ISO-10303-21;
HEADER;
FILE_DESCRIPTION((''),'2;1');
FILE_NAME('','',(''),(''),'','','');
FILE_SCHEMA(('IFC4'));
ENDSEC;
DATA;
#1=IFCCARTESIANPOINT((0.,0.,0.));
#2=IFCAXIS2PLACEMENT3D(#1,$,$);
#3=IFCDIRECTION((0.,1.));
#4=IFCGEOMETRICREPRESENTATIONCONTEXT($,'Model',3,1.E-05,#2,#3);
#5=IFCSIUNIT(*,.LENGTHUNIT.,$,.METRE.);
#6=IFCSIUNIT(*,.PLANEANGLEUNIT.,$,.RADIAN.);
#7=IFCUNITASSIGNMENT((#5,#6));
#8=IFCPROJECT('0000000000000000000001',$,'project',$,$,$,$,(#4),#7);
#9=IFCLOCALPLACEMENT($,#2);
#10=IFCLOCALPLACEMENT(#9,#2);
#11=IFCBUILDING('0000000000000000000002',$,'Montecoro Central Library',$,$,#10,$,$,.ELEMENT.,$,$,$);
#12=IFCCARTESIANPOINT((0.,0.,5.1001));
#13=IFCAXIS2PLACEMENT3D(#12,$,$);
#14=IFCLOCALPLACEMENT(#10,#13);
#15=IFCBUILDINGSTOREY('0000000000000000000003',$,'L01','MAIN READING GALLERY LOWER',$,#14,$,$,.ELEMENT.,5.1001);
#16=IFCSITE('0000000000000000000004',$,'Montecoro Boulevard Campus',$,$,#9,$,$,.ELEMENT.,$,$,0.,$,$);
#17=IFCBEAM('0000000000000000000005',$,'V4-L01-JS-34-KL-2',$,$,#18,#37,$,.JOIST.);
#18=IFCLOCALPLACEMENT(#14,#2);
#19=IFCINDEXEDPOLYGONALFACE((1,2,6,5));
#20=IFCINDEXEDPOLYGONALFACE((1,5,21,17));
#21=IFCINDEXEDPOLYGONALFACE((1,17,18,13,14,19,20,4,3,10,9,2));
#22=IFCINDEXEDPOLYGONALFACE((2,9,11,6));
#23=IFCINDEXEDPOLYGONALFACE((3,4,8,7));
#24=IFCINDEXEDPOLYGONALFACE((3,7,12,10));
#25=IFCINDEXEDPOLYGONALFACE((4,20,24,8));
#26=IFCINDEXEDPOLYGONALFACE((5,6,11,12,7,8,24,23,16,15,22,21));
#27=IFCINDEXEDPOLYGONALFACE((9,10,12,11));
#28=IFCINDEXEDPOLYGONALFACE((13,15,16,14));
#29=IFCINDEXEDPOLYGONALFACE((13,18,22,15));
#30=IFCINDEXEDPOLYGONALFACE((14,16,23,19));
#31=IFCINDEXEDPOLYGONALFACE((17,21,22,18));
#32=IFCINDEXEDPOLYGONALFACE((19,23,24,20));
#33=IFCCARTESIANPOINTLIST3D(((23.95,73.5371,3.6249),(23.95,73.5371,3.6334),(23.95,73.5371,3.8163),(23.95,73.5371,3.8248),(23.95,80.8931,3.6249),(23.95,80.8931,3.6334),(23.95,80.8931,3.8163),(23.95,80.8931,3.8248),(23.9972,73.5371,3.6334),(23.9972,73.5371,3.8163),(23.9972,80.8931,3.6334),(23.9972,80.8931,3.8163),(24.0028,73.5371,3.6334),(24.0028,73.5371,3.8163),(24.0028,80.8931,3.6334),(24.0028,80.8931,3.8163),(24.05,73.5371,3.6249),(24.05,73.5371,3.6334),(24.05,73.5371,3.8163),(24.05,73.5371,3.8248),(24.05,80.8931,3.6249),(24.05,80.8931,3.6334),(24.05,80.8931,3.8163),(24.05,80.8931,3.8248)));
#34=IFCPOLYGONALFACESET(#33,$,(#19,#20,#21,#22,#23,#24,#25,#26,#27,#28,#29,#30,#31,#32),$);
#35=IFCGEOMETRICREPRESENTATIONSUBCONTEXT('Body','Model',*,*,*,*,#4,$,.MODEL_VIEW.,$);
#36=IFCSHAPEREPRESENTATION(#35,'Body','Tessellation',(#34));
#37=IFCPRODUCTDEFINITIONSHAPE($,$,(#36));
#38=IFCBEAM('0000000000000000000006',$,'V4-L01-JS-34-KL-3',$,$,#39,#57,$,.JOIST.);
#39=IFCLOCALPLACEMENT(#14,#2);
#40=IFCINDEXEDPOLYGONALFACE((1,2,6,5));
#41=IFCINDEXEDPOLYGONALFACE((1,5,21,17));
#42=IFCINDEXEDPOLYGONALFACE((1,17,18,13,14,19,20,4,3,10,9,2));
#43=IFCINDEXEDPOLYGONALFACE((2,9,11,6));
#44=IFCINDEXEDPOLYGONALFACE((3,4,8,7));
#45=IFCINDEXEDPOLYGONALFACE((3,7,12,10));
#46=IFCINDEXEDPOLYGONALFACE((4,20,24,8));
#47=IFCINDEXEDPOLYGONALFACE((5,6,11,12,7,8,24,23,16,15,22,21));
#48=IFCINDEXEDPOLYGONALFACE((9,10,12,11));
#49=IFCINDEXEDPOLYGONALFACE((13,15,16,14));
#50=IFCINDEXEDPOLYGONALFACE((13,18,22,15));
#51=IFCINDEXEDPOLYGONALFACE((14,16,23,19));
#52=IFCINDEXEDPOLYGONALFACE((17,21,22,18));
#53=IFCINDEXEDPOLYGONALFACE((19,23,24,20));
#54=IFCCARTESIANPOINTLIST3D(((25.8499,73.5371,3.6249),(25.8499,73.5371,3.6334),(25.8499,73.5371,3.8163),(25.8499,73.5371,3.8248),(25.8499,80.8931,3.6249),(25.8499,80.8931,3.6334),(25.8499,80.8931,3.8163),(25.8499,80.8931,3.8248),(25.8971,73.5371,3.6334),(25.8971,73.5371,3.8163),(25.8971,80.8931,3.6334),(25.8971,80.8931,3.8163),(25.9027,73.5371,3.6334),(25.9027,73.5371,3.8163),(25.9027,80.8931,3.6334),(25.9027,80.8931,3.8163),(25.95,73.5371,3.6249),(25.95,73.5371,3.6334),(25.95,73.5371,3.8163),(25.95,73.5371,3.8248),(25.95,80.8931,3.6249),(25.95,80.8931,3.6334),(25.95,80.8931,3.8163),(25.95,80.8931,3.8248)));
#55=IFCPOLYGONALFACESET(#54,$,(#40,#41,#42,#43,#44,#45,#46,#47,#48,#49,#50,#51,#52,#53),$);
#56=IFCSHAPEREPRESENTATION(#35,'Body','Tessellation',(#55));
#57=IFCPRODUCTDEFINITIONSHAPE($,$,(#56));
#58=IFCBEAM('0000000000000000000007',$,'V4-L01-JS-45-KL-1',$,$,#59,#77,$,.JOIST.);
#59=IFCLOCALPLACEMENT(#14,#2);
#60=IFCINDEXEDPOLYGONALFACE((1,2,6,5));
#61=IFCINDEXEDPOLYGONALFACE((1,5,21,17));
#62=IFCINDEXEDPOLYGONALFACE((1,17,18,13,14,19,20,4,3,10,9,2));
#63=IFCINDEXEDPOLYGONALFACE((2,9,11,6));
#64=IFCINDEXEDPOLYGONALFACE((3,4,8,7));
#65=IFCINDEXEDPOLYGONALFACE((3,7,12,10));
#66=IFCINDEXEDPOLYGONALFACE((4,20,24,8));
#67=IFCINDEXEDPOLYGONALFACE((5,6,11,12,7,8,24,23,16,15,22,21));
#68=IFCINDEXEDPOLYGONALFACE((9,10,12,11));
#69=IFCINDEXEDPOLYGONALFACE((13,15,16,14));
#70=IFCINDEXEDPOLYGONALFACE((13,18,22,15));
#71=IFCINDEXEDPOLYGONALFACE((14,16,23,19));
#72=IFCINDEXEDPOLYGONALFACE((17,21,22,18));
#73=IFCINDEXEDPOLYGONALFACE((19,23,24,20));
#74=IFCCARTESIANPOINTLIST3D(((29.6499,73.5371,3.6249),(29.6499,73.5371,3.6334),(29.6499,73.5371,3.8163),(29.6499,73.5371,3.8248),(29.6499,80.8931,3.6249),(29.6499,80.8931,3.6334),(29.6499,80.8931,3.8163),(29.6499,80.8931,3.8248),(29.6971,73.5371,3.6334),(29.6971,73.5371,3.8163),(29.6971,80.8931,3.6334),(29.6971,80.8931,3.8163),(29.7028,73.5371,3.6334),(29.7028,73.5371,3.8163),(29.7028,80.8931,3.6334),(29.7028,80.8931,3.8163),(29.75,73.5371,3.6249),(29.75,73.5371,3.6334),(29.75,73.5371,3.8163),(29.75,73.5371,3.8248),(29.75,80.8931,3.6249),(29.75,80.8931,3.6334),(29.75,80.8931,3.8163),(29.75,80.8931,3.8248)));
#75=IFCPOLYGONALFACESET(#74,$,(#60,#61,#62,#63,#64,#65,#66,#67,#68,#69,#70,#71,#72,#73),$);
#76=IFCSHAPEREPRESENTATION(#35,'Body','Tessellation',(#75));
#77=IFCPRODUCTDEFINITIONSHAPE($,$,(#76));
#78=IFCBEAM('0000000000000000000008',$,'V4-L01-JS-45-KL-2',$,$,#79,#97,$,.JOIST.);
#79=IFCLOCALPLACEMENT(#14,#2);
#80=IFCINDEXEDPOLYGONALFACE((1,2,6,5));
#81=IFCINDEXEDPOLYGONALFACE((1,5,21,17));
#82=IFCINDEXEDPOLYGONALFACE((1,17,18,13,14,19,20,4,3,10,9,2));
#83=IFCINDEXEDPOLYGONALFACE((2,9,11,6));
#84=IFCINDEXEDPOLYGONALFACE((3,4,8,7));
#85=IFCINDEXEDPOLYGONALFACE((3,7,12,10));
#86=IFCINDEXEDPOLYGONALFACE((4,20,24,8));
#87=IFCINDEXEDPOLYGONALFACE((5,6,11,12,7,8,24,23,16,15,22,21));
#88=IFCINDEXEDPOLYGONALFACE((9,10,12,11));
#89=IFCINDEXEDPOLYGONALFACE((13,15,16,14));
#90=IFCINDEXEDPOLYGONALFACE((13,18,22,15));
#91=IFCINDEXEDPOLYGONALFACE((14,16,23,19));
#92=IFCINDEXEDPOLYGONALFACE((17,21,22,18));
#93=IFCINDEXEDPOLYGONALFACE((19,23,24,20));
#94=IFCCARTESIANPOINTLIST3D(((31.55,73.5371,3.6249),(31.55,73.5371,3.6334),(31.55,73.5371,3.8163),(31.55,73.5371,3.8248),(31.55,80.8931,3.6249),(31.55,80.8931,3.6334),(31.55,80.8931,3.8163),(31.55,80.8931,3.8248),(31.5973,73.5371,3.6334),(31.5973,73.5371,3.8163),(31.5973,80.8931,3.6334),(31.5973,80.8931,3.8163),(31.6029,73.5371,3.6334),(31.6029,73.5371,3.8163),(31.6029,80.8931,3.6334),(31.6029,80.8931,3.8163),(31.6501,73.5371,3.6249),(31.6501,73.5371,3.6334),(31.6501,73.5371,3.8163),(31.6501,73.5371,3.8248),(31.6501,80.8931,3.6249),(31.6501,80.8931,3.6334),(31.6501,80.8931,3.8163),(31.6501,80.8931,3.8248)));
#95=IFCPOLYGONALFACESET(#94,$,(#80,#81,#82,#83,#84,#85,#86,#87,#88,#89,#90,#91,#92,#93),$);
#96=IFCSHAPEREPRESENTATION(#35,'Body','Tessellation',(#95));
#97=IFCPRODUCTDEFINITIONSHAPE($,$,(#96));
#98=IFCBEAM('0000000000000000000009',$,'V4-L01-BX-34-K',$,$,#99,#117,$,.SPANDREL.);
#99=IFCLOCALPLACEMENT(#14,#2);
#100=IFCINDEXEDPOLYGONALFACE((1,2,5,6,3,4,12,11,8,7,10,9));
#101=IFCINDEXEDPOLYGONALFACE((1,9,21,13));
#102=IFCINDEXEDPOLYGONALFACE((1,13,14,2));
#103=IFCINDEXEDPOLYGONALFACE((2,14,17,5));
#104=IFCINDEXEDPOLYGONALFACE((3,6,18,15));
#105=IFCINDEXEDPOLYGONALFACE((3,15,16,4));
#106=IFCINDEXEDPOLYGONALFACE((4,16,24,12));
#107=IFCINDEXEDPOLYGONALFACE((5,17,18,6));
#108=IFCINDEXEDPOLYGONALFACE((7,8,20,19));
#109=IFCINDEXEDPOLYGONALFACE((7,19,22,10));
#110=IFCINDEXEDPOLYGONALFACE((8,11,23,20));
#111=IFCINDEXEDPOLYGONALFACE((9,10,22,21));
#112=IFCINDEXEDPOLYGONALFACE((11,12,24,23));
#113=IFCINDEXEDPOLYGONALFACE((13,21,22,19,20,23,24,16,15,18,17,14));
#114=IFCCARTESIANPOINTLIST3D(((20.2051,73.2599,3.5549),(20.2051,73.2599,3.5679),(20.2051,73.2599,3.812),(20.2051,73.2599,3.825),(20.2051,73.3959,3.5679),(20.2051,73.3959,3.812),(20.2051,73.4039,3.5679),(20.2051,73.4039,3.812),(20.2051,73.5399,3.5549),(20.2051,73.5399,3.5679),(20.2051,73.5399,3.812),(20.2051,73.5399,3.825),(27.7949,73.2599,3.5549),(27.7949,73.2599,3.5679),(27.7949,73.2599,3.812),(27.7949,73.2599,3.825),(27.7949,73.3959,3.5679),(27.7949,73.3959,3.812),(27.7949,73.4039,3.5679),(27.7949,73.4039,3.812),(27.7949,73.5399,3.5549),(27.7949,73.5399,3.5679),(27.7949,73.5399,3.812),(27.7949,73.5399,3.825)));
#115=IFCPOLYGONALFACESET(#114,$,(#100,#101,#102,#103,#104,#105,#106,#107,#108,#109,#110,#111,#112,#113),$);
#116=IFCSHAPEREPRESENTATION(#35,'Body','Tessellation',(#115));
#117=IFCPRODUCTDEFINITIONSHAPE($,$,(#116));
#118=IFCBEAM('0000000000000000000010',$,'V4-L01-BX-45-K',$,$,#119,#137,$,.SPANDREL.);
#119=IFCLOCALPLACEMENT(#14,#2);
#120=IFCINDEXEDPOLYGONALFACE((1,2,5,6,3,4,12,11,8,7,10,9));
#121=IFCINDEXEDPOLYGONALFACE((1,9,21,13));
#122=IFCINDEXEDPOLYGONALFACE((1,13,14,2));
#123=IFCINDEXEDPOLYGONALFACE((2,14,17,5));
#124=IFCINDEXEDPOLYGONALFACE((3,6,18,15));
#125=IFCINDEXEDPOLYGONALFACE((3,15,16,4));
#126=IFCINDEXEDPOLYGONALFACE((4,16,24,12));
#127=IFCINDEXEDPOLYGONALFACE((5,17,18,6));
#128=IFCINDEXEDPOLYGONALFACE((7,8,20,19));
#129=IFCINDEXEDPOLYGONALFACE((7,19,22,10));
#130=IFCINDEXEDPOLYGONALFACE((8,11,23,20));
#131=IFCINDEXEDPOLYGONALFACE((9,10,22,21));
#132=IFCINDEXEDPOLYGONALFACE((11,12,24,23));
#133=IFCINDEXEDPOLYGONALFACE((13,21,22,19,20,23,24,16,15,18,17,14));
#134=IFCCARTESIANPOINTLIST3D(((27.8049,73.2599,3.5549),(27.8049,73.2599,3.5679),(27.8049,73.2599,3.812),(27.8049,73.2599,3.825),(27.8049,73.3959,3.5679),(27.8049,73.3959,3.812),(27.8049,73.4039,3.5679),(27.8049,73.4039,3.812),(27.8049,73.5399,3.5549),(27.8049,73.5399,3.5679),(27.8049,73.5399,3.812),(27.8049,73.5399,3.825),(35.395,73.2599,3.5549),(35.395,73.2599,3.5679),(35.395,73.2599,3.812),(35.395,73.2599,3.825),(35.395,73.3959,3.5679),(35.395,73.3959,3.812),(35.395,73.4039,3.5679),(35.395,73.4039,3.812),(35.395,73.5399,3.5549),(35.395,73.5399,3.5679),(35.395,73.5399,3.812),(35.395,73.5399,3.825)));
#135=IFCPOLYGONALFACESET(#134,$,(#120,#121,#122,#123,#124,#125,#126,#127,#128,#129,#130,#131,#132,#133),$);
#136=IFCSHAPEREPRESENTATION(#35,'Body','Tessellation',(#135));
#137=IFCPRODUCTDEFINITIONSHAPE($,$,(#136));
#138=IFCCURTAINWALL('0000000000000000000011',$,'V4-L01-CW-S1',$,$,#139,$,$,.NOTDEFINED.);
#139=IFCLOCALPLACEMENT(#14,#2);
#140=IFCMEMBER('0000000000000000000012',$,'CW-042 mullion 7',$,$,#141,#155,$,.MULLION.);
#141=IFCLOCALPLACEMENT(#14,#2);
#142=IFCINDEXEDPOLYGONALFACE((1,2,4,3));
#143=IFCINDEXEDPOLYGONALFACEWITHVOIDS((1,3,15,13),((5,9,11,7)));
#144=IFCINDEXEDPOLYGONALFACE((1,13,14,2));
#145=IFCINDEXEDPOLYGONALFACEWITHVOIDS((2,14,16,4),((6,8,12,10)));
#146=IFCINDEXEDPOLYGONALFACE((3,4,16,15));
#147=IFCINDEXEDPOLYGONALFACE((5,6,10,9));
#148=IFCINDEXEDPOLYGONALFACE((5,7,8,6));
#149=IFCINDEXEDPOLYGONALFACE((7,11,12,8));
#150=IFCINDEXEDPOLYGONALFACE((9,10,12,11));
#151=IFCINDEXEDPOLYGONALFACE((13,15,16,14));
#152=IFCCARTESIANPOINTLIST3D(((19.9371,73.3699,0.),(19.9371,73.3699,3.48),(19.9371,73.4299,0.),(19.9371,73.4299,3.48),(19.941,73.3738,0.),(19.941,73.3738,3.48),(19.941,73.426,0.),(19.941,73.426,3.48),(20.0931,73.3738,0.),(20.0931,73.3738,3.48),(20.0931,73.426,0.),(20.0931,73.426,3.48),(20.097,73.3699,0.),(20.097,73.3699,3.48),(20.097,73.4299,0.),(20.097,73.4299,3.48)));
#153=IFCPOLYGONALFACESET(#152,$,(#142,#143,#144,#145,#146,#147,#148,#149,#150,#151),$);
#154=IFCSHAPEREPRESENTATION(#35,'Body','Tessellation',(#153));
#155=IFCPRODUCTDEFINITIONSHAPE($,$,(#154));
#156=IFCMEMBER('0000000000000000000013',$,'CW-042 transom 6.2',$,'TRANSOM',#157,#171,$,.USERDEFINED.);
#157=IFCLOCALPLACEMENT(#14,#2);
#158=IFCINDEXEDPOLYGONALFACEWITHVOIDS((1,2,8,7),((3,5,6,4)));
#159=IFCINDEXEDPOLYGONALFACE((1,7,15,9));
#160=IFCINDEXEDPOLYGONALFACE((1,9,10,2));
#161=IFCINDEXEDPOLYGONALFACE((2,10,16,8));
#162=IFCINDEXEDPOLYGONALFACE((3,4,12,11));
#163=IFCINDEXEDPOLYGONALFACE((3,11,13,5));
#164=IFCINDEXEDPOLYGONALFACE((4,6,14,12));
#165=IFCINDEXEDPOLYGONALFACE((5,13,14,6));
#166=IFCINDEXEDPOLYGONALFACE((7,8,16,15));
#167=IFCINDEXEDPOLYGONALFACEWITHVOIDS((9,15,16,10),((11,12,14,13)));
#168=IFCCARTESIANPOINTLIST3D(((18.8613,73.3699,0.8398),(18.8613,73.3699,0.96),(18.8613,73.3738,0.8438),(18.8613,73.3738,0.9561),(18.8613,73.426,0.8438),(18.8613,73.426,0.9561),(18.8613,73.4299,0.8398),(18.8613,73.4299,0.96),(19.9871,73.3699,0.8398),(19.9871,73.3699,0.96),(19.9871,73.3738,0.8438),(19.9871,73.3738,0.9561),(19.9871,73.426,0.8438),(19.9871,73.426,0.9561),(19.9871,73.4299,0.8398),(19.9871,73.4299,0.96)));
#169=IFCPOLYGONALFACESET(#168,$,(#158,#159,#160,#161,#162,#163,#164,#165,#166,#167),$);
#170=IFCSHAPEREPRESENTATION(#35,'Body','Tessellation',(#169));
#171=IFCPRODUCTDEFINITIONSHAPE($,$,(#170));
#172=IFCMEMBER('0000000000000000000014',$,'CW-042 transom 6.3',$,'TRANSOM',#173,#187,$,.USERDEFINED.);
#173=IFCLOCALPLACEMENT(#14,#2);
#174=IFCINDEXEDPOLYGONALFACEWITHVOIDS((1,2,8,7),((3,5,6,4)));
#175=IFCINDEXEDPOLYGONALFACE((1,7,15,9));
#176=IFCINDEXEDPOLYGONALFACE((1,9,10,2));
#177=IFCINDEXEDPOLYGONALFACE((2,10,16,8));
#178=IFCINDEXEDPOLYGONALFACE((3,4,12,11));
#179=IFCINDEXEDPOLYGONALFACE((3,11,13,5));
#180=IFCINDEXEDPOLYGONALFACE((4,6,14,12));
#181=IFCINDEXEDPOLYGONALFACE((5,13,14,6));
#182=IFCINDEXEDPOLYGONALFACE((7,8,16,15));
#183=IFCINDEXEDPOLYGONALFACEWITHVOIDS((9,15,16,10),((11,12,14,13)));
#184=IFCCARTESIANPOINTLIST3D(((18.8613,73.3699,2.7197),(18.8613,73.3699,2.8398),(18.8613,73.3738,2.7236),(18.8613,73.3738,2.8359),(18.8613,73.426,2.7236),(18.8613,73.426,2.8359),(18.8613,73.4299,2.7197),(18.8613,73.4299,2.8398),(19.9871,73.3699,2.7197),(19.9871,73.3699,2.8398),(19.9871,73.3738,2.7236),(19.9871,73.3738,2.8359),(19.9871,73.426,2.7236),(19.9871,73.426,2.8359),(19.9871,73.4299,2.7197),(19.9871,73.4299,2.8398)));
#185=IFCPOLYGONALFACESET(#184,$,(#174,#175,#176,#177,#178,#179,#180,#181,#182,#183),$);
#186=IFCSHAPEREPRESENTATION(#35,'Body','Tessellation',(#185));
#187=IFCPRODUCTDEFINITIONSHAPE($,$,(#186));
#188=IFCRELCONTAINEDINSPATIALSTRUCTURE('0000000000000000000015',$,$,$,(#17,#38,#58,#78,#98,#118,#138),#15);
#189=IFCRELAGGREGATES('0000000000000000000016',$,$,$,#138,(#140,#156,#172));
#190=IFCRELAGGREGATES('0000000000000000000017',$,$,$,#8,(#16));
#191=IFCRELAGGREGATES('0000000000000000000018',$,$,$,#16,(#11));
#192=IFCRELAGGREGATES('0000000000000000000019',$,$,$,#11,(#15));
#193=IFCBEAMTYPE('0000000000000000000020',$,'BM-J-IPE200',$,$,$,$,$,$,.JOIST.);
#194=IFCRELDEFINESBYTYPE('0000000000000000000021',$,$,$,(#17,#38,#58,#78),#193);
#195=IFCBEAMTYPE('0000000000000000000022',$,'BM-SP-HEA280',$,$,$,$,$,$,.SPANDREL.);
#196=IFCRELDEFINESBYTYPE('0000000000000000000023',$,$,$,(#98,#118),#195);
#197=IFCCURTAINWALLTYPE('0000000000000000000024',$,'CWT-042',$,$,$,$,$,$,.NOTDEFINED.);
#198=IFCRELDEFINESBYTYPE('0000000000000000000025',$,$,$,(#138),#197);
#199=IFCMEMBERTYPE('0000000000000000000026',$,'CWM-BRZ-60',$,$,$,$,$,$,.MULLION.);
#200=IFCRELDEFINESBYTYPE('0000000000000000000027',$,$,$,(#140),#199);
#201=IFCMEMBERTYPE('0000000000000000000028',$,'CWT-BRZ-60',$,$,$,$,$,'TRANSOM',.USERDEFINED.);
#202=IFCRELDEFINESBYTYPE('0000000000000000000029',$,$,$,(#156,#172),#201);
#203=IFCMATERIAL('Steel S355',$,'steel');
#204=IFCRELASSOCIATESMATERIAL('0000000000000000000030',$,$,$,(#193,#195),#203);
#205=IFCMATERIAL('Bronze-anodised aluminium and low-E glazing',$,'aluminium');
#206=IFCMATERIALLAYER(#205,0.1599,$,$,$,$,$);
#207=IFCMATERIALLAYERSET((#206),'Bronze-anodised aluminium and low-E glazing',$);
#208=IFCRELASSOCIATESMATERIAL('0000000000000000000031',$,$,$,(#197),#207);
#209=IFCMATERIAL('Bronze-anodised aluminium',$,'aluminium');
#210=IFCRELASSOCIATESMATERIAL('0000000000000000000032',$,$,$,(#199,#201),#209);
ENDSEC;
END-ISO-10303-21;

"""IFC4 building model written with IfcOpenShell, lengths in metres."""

from ifc_helpers import new_model, si_unit, direction, frame, origin, origin_2d, place, context, subcontext, project, spatial, hollow_rectangle, i_section, extrude, material, layer, layer_set, material_profile, profile_set, type_object, element, aggregate, save


model = new_model("IFC4")

# Units and contexts
model_context = context("Model", 3, precision=1e-05, world=origin(), true_north=direction((0.0, 1.0)))
body_context = subcontext(model_context, "Body", "Model", "MODEL_VIEW")
ifc_project = project(units=[si_unit("LENGTHUNIT", "METRE"), si_unit("PLANEANGLEUNIT", "RADIAN")], contexts=[model_context])

# Site, building, storey
site_placement = place(None, origin())
site = spatial("IfcSite", under=ifc_project, at=site_placement, Name="Montecoro Boulevard Campus", CompositionType="ELEMENT", RefElevation=0.0)
building_placement = place(site_placement, origin())
building = spatial("IfcBuilding", under=site, at=building_placement, Name="Montecoro Central Library", CompositionType="ELEMENT")
storey_placement = place(building_placement, frame((0.0, 0.0, 5.1001)))
storey = spatial("IfcBuildingStorey", under=building, at=storey_placement, Name="L01", Description="MAIN READING GALLERY LOWER", CompositionType="ELEMENT", Elevation=5.1001)

# Shared definitions
ifc_material_1 = material(Name="Steel S355", Category="steel")

# Beams
ifc_material_profile_1 = material_profile(ifc_material_1, i_section(OverallWidth=0.1001, OverallDepth=0.2, WebThickness=0.0056, FlangeThickness=0.0085, at=origin_2d()), Name="IPE 200")
ifc_profile_set_1 = profile_set([ifc_material_profile_1], Name="Steel S355")
beam_type_1 = type_object("IfcBeamType", Name="BM-J-IPE200", PredefinedType="JOIST", material=ifc_profile_set_1)
for number, where, z_axis, x_axis, name in (
    (1, (24.0, 73.5371, 3.7249), (0.0, 1.0, 0.0), (-1.0, 0.0, 0.0), "V4-L01-JS-34-KL-2"),
    (2, (25.8999, 73.5371, 3.7249), (0.0, 1.0, 0.0), (-1.0, 0.0, 0.0), "V4-L01-JS-34-KL-3"),
    (3, (29.7, 73.5371, 3.7249), (0.0, 1.0, 0.0), (-1.0, 0.0, 0.0), "V4-L01-JS-45-KL-1"),
    (4, (31.6001, 73.5371, 3.7249), (0.0, 1.0, 0.0), (-1.0, 0.0, 0.0), "V4-L01-JS-45-KL-2"),
):
    element("IfcBeam", number, at=place(storey_placement, frame(where, z_axis=z_axis, x_axis=x_axis)), inside=storey, type_object=beam_type_1, Name=name, PredefinedType="JOIST", context=body_context, shape_type="SweptSolid", body=[
        extrude(i_section(OverallWidth=0.1001, OverallDepth=0.2, WebThickness=0.0056, FlangeThickness=0.0085, at=origin_2d()), origin(), (0.0, 0.0, 1.0), 7.356),
    ])
ifc_material_profile_2 = material_profile(ifc_material_1, i_section(OverallWidth=0.28, OverallDepth=0.27, WebThickness=0.0081, FlangeThickness=0.0129, at=origin_2d()), Name="HEA 280")
ifc_profile_set_2 = profile_set([ifc_material_profile_2], Name="Steel S355")
beam_type_2 = type_object("IfcBeamType", Name="BM-SP-HEA280", PredefinedType="SPANDREL", material=ifc_profile_set_2)
beam_1_placement = place(storey_placement, frame((20.2051, 73.3999, 3.6899), z_axis=(1.0, 0.0, 0.0), x_axis=(0.0, 1.0, 0.0)))
element("IfcBeam", 5, at=beam_1_placement, inside=storey, type_object=beam_type_2, Name="V4-L01-BX-34-K", PredefinedType="SPANDREL", context=body_context, shape_type="SweptSolid", body=[
    extrude(i_section(OverallWidth=0.28, OverallDepth=0.27, WebThickness=0.0081, FlangeThickness=0.0129, at=origin_2d()), origin(), (0.0, 0.0, 1.0), 7.5898),
])
beam_2_placement = place(storey_placement, frame((27.8049, 73.3999, 3.6899), z_axis=(1.0, 0.0, 0.0), x_axis=(0.0, 1.0, 0.0)))
element("IfcBeam", 6, at=beam_2_placement, inside=storey, type_object=beam_type_2, Name="V4-L01-BX-45-K", PredefinedType="SPANDREL", context=body_context, shape_type="SweptSolid", body=[
    extrude(i_section(OverallWidth=0.28, OverallDepth=0.27, WebThickness=0.0081, FlangeThickness=0.0129, at=origin_2d()), origin(), (0.0, 0.0, 1.0), 7.5901),
])

# Curtain wall, members
ifc_material_2 = material(Name="Bronze-anodised aluminium and low-E glazing", Category="aluminium")
ifc_layer_1 = layer(ifc_material_2, 0.1599)
ifc_layer_set_1 = layer_set([ifc_layer_1], Name="Bronze-anodised aluminium and low-E glazing")
curtain_wall_type = type_object("IfcCurtainWallType", Name="CWT-042", PredefinedType="NOTDEFINED", material=ifc_layer_set_1)
curtain_wall_placement = place(storey_placement, origin())
curtain_wall = element("IfcCurtainWall", 7, at=curtain_wall_placement, inside=storey, type_object=curtain_wall_type, Name="V4-L01-CW-S1", PredefinedType="NOTDEFINED")
ifc_material_3 = material(Name="Bronze-anodised aluminium", Category="aluminium")
ifc_material_profile_3 = material_profile(ifc_material_3, hollow_rectangle(XDim=0.0601, YDim=0.1599, WallThickness=0.0039, at=origin_2d()), Name="CWM 160x60x4.0")
ifc_profile_set_3 = profile_set([ifc_material_profile_3], Name="Bronze-anodised aluminium")
member_type_1 = type_object("IfcMemberType", Name="CWM-BRZ-60", PredefinedType="MULLION", material=ifc_profile_set_3)
member_1_placement = place(storey_placement, frame((20.0171, 73.3999, 0.0), z_axis=(0.0, 0.0, 1.0), x_axis=(0.0, 1.0, 0.0)))
member_1 = element("IfcMember", 8, at=member_1_placement, type_object=member_type_1, Name="CW-042 mullion 7", PredefinedType="MULLION", context=body_context, shape_type="SweptSolid", body=[
    extrude(hollow_rectangle(XDim=0.0601, YDim=0.1599, WallThickness=0.0039, at=origin_2d()), origin(), (0.0, 0.0, 1.0), 3.48),
])
ifc_material_profile_4 = material_profile(ifc_material_3, hollow_rectangle(XDim=0.0601, YDim=0.1201, WallThickness=0.0039, at=origin_2d()), Name="CWT 120x60x4.0")
ifc_profile_set_4 = profile_set([ifc_material_profile_4], Name="Bronze-anodised aluminium")
member_type_2 = type_object("IfcMemberType", Name="CWT-BRZ-60", ElementType="TRANSOM", PredefinedType="USERDEFINED", material=ifc_profile_set_4)
member_2_placement = place(storey_placement, frame((18.8613, 73.3999, 0.8999), z_axis=(1.0, 0.0, 0.0), x_axis=(0.0, 1.0, 0.0)))
member_2 = element("IfcMember", 9, at=member_2_placement, type_object=member_type_2, Name="CW-042 transom 6.2", ObjectType="TRANSOM", PredefinedType="USERDEFINED", context=body_context, shape_type="SweptSolid", body=[
    extrude(hollow_rectangle(XDim=0.0601, YDim=0.1201, WallThickness=0.0039, at=origin_2d()), origin(), (0.0, 0.0, 1.0), 1.1257),
])
member_3_placement = place(storey_placement, frame((18.8613, 73.3999, 2.7798), z_axis=(1.0, 0.0, 0.0), x_axis=(0.0, 1.0, 0.0)))
member_3 = element("IfcMember", 10, at=member_3_placement, type_object=member_type_2, Name="CW-042 transom 6.3", ObjectType="TRANSOM", PredefinedType="USERDEFINED", context=body_context, shape_type="SweptSolid", body=[
    extrude(hollow_rectangle(XDim=0.0601, YDim=0.1201, WallThickness=0.0039, at=origin_2d()), origin(), (0.0, 0.0, 1.0), 1.1257),
])
aggregate(curtain_wall, [member_1, member_2, member_3])

save(model, "model.ifc")
